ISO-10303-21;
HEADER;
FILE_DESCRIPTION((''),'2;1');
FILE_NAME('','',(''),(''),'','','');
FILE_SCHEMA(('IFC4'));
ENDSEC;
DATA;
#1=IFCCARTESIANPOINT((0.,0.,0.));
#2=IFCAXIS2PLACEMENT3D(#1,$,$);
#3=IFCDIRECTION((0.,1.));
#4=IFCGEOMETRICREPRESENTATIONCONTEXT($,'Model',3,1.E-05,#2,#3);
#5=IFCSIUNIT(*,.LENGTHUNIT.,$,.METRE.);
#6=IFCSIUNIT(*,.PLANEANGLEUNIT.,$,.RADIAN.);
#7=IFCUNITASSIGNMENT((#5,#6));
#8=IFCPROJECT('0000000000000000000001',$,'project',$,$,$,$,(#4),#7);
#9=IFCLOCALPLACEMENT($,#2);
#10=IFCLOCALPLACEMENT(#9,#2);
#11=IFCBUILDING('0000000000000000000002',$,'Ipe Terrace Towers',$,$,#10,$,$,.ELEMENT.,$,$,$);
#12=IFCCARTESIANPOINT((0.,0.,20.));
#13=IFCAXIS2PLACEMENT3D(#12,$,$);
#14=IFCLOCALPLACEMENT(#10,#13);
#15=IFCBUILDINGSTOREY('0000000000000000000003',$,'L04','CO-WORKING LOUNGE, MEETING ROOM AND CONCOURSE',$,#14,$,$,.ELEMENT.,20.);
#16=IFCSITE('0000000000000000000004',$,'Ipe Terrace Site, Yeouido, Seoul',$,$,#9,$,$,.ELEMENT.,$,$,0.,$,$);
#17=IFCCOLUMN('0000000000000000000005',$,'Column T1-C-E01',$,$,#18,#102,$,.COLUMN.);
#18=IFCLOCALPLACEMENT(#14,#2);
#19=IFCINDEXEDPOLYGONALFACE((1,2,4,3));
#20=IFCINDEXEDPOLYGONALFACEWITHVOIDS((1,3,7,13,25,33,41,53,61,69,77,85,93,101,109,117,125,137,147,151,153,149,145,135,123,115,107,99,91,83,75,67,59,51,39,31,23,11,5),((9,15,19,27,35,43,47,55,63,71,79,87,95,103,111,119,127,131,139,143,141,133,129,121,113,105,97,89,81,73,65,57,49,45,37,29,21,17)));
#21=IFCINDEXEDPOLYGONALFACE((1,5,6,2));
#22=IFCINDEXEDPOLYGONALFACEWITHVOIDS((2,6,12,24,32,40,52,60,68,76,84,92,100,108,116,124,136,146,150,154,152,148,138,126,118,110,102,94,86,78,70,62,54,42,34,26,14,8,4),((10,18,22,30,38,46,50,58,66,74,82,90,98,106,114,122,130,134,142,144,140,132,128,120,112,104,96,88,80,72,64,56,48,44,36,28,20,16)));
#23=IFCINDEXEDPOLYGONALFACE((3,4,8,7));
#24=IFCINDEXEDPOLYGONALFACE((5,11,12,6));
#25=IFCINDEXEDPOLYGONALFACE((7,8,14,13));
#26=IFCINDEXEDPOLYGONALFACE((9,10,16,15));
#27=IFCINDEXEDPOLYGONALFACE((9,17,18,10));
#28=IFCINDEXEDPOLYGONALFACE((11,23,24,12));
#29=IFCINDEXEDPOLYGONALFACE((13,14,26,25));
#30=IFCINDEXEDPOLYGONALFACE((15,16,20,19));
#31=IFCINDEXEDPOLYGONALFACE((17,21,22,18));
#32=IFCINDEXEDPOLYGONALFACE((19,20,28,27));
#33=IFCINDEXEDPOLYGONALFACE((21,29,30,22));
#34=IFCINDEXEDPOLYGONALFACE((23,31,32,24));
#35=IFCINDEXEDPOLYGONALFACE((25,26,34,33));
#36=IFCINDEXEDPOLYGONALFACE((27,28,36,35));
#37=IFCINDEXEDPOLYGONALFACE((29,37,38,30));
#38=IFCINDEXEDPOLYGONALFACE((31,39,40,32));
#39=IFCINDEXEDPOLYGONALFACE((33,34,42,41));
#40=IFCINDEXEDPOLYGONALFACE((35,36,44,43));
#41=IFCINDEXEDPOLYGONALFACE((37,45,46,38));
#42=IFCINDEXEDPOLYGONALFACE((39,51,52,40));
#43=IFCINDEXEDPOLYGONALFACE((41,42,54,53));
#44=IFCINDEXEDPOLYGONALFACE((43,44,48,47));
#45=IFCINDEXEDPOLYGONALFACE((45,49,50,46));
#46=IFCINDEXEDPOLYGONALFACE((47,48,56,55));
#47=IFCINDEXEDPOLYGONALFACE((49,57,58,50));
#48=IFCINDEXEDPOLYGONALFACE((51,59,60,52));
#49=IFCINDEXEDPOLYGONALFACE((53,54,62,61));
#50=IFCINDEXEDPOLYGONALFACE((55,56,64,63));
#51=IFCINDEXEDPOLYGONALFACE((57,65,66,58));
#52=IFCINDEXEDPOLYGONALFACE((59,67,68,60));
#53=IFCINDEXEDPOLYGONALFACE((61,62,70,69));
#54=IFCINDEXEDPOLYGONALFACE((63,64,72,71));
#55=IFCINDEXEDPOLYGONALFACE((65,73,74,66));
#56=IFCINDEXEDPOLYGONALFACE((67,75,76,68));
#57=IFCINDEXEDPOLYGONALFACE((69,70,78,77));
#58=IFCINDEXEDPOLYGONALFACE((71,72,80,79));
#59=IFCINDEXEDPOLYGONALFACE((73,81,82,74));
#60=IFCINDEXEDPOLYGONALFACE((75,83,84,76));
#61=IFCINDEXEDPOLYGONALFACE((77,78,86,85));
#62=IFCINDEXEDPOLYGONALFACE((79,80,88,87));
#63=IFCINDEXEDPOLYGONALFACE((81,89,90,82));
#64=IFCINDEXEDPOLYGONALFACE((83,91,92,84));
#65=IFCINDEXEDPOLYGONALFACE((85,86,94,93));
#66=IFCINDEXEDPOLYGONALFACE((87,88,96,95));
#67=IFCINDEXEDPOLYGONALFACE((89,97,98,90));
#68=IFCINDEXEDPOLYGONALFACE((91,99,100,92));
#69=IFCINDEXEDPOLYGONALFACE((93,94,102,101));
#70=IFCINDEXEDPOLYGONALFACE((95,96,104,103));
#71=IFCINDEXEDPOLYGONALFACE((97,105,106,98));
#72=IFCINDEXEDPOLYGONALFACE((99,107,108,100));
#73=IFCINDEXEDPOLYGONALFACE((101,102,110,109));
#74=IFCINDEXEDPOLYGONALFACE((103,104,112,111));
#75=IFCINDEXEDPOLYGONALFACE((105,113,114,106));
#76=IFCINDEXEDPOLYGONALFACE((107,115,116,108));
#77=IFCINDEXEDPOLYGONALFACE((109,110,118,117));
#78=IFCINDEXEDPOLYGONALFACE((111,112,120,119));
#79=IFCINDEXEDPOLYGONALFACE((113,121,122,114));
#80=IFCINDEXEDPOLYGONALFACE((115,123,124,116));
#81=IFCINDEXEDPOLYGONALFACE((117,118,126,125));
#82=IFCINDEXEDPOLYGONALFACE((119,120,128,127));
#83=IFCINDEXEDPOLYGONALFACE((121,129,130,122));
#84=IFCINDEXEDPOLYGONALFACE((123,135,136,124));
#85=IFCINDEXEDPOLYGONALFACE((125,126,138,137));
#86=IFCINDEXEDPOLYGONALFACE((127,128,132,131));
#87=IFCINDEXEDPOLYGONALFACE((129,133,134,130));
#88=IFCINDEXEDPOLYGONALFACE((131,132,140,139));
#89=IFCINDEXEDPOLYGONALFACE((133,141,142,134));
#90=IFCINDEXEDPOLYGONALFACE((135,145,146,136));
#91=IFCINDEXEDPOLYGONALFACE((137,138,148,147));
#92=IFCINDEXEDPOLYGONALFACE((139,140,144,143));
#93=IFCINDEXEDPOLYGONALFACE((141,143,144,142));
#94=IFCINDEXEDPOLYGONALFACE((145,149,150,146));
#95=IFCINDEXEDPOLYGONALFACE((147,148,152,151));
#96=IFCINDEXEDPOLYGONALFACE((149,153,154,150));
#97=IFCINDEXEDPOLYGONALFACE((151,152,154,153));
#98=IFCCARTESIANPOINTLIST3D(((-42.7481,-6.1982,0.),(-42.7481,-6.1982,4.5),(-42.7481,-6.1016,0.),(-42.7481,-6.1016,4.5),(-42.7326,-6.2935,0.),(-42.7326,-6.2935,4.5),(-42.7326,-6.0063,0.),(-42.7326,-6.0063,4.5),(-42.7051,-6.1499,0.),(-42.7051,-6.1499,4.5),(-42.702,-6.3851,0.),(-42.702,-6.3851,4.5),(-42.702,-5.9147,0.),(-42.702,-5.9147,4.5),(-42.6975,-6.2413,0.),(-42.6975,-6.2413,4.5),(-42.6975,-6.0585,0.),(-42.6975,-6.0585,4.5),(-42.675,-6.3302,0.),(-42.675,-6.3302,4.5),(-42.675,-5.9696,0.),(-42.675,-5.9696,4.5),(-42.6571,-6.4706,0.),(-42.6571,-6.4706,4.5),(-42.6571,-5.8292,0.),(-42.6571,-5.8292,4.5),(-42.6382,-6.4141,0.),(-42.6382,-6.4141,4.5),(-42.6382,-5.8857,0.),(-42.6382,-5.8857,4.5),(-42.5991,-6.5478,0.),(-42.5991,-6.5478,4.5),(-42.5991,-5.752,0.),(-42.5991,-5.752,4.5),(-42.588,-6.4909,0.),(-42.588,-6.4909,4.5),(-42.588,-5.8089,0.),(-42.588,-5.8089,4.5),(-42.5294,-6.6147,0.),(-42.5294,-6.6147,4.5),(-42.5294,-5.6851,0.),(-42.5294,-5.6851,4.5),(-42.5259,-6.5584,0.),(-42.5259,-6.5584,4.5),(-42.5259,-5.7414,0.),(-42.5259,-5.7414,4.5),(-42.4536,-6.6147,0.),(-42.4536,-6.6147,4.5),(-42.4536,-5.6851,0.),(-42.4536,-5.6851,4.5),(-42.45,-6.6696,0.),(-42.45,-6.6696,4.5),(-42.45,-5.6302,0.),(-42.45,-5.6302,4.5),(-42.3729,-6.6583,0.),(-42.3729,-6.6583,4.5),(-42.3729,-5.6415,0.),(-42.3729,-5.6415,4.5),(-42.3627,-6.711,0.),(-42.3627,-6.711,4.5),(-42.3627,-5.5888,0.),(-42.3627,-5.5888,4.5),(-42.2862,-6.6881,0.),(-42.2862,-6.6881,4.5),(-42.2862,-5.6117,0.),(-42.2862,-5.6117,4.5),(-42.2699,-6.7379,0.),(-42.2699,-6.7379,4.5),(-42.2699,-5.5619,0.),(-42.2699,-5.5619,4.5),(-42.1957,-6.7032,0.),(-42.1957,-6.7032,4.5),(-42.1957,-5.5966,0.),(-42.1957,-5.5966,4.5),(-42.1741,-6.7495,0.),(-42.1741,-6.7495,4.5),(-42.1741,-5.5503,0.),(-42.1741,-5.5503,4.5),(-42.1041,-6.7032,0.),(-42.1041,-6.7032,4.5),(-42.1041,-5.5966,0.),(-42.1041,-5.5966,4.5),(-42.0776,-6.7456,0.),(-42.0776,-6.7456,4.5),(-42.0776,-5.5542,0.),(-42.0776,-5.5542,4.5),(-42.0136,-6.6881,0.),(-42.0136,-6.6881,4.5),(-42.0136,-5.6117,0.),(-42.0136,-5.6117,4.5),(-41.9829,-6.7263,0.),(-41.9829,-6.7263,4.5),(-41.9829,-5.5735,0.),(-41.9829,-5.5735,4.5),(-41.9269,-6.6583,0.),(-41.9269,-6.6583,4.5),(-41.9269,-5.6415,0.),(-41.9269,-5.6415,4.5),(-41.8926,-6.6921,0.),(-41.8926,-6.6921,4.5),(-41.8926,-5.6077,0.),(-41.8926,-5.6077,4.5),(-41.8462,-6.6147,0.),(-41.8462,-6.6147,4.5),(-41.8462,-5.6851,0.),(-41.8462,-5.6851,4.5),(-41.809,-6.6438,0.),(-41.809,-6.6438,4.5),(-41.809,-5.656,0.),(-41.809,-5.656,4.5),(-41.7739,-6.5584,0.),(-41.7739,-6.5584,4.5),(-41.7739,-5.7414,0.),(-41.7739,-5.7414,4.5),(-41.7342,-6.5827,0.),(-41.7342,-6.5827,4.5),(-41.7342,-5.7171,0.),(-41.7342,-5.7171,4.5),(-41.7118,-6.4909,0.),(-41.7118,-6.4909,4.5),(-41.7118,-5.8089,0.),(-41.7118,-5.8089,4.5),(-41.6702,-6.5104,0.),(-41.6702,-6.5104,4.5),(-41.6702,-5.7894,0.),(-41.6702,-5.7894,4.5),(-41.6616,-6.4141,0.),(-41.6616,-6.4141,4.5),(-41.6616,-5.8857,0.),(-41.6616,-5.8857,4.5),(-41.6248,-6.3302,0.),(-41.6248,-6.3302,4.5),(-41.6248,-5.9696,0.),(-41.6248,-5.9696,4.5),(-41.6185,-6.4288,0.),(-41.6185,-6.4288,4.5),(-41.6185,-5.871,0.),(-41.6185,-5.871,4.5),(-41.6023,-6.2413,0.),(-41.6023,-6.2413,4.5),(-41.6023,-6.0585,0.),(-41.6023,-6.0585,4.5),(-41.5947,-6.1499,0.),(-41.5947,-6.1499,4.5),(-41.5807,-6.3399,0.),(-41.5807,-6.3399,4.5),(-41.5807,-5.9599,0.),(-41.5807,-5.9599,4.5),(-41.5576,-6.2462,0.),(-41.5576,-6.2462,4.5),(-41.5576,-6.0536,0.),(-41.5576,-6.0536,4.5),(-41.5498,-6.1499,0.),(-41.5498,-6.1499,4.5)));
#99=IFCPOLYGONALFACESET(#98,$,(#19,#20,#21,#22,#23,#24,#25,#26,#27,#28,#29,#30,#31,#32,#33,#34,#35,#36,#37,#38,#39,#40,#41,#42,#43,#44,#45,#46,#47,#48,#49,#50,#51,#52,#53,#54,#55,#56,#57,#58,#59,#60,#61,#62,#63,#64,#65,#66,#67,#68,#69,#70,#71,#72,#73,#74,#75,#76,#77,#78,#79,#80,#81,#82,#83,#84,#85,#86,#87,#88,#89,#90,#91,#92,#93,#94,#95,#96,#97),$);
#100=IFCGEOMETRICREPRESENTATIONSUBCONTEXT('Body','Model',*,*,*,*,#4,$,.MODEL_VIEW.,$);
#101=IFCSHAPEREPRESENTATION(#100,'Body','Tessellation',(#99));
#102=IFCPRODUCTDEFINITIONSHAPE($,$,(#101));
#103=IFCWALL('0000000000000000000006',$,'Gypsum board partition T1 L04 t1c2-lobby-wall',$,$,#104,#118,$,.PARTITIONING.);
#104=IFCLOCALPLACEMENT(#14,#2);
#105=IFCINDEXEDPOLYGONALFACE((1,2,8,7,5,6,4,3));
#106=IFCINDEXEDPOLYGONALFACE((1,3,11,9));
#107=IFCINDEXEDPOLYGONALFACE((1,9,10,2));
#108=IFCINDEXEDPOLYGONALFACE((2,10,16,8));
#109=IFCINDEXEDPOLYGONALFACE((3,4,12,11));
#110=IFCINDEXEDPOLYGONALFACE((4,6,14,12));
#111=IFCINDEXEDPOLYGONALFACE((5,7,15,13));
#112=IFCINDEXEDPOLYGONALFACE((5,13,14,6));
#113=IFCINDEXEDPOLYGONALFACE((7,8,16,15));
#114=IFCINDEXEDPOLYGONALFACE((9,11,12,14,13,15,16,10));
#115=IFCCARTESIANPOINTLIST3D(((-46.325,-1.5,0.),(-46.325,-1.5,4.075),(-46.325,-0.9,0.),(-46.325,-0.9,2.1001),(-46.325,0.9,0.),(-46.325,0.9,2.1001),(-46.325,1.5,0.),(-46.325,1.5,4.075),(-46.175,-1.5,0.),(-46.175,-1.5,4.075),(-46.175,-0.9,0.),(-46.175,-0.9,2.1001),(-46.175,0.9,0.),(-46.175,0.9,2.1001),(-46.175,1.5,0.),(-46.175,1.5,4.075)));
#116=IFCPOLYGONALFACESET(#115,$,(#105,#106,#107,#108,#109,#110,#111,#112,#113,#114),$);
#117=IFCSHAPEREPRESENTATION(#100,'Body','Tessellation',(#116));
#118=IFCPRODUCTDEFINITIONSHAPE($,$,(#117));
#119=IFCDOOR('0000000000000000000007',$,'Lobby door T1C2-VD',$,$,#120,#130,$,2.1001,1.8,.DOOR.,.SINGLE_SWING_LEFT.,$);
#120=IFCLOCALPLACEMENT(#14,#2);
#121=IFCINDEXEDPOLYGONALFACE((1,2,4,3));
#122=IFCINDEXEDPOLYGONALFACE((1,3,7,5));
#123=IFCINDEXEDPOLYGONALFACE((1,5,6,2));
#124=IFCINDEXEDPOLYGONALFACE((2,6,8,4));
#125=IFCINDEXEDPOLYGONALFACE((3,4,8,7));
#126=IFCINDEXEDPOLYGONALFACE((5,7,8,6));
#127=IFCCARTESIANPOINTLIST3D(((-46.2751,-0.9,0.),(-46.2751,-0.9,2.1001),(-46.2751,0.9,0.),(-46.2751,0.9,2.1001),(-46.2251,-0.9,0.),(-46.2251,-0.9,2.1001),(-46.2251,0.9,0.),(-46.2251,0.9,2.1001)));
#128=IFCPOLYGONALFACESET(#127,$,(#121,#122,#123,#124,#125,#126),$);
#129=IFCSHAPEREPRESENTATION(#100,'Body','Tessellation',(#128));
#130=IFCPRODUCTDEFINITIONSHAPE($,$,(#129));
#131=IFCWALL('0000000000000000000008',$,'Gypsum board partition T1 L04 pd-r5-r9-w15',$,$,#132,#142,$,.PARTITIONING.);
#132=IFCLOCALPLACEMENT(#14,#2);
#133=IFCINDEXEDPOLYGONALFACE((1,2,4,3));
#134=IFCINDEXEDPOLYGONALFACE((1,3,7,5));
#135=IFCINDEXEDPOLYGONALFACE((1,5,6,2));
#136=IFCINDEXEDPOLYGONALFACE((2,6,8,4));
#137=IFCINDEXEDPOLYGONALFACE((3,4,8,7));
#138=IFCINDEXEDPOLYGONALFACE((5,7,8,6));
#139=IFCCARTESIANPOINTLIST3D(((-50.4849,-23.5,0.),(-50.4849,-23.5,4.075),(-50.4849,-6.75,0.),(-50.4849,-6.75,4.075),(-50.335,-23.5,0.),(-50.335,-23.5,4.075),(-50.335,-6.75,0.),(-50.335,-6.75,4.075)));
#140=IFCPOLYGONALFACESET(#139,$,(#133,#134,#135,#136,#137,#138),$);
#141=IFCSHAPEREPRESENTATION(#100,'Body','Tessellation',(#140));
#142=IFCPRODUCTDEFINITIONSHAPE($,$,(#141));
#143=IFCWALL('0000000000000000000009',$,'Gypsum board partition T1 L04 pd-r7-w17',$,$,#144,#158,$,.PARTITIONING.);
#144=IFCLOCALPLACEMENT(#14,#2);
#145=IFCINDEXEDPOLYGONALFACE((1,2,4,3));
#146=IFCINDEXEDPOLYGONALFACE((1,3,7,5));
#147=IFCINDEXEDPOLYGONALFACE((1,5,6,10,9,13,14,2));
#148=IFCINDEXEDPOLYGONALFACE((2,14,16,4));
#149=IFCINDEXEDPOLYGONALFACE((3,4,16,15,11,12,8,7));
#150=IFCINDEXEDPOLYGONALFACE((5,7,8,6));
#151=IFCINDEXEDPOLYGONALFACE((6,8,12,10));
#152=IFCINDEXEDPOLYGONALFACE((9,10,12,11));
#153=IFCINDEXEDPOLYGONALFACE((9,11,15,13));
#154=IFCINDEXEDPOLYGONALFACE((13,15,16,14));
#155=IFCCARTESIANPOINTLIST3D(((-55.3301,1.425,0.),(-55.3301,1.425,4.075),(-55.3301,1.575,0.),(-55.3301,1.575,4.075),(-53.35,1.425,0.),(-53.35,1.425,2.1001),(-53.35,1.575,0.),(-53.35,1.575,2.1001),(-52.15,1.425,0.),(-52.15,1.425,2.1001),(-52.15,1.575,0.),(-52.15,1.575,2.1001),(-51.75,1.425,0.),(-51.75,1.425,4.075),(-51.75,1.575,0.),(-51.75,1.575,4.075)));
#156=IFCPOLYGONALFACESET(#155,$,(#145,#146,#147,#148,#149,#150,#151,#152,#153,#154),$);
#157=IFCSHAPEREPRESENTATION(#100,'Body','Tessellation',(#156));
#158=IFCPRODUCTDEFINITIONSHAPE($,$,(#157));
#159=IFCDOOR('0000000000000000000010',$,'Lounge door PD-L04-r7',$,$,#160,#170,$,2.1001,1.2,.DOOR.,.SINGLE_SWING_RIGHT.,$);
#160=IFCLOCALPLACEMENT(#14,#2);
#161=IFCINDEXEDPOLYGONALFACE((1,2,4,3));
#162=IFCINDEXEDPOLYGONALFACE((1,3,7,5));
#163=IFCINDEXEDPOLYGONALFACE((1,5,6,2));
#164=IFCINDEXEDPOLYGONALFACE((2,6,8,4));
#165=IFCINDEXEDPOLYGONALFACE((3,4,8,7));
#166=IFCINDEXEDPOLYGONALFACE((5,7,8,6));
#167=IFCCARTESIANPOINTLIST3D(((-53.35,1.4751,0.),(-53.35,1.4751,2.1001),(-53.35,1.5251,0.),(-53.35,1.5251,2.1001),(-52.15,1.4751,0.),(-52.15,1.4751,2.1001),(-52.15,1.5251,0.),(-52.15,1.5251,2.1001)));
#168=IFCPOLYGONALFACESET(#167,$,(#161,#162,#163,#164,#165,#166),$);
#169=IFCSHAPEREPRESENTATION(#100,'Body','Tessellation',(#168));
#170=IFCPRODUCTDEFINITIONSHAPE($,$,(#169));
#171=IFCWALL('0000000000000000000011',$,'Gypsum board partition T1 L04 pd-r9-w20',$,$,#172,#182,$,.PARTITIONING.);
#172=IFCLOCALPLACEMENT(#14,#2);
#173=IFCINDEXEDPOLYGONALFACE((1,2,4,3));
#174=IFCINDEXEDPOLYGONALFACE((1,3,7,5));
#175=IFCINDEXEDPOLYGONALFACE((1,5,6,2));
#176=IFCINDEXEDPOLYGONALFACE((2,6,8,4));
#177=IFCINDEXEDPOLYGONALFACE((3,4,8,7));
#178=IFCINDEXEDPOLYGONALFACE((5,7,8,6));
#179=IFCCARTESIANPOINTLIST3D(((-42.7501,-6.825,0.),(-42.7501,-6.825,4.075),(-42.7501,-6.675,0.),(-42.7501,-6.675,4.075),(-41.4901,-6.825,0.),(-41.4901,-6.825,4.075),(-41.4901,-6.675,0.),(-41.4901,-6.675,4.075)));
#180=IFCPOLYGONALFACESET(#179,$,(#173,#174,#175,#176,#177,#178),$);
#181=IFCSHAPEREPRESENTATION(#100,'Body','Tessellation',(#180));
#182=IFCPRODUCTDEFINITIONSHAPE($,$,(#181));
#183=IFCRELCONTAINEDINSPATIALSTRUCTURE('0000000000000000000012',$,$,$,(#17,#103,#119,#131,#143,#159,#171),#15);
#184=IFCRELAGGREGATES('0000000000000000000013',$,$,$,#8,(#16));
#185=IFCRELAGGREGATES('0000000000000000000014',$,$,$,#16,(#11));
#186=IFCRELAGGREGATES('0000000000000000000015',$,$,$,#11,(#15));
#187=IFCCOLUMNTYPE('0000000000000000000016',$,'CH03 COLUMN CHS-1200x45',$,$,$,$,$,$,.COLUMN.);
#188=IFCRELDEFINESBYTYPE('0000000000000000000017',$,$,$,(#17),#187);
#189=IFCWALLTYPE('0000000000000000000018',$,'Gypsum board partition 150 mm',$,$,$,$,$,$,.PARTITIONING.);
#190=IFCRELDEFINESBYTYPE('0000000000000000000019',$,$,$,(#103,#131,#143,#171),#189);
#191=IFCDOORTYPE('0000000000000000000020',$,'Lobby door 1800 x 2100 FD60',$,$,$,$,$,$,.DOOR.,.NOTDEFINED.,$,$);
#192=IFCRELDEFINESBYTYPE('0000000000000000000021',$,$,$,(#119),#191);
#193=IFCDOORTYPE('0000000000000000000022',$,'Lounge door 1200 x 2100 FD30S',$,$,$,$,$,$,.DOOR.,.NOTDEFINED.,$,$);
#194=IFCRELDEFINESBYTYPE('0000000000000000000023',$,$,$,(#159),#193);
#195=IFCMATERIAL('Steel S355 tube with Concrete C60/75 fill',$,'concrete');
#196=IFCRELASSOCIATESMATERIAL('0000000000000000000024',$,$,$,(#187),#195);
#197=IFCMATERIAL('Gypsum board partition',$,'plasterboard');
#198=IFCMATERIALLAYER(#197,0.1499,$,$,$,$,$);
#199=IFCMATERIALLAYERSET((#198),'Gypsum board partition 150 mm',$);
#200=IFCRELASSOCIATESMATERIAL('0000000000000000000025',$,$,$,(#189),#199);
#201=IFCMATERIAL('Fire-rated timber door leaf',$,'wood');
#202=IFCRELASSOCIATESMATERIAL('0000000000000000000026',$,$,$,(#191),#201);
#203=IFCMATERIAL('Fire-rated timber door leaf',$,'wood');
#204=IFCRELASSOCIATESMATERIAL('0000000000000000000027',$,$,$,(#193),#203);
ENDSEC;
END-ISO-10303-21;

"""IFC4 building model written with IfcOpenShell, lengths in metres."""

from ifc_helpers import new_model, si_unit, direction, frame, frame_2d, origin, origin_2d, place, context, subcontext, project, spatial, rectangle, hollow_circle, extrude, material, layer, layer_set, material_profile, profile_set, type_object, element, fill, save


model = new_model("IFC4")

# Units and contexts
model_context = context("Model", 3, precision=1e-05, world=origin(), true_north=direction((0.0, 1.0)))
body_context = subcontext(model_context, "Body", "Model", "MODEL_VIEW")
ifc_project = project(units=[si_unit("LENGTHUNIT", "METRE"), si_unit("PLANEANGLEUNIT", "RADIAN")], contexts=[model_context])

# Site, building, storey
site_placement = place(None, origin())
site = spatial("IfcSite", under=ifc_project, at=site_placement, Name="Ipe Terrace Site, Yeouido, Seoul", CompositionType="ELEMENT", RefElevation=0.0)
building_placement = place(site_placement, origin())
building = spatial("IfcBuilding", under=site, at=building_placement, Name="Ipe Terrace Towers", CompositionType="ELEMENT")
storey_placement = place(building_placement, frame((0.0, 0.0, 20.0)))
storey = spatial("IfcBuildingStorey", under=building, at=storey_placement, Name="L04", Description="CO-WORKING LOUNGE, MEETING ROOM AND CONCOURSE", CompositionType="ELEMENT", Elevation=20.0)

# Column
ifc_material_1 = material(Name="Steel S355 tube with Concrete C60/75 fill", Category="concrete")
ifc_material_profile_1 = material_profile(ifc_material_1, hollow_circle(Radius=0.6001, WallThickness=0.0449, at=origin_2d()), Name="CHS-1200x45")
ifc_profile_set_1 = profile_set([ifc_material_profile_1], Name="Steel S355 tube with Concrete C60/75 fill")
column_type_1 = type_object("IfcColumnType", Name="CH03 COLUMN CHS-1200x45", PredefinedType="COLUMN", material=ifc_profile_set_1)
column_placement = place(storey_placement, frame((-42.1499, -6.1499, 0.0), z_axis=(0.0, 0.0, 1.0), x_axis=(1.0, 0.0, 0.0)))
element("IfcColumn", 1, at=column_placement, inside=storey, type_object=column_type_1, Name="Column T1-C-E01", PredefinedType="COLUMN", context=body_context, shape_type="SweptSolid", body=[
    extrude(hollow_circle(Radius=0.6001, WallThickness=0.0449, at=origin_2d()), origin(), (0.0, 0.0, 1.0), 4.5),
])

# Wall, opening, door
ifc_material_2 = material(Name="Gypsum board partition", Category="plasterboard")
ifc_layer_1 = layer(ifc_material_2, 0.1499)
ifc_layer_set_1 = layer_set([ifc_layer_1], Name="Gypsum board partition 150 mm")
wall_type_1 = type_object("IfcWallType", Name="Gypsum board partition 150 mm", PredefinedType="PARTITIONING", material=ifc_layer_set_1)
wall_1_placement = place(storey_placement, frame((-46.25, 1.5, 0.0), z_axis=(0.0, 0.0, 1.0), x_axis=(0.0, -1.0, 0.0)))
wall_1 = element("IfcWall", 2, at=wall_1_placement, inside=storey, type_object=wall_type_1, Name="Gypsum board partition T1 L04 t1c2-lobby-wall", PredefinedType="PARTITIONING", context=body_context, shape_type="SweptSolid", body=[
    extrude(rectangle(XDim=3.0, YDim=0.1499, at=frame_2d((1.5, 0.0))), origin(), (0.0, 0.0, 1.0), 4.075),
])
opening_1_placement = place(wall_1_placement, frame((0.6001, 0.0, 0.0)))
opening_1 = element("IfcOpeningElement", 3, at=opening_1_placement, cuts=wall_1, PredefinedType="OPENING", context=body_context, shape_type="SweptSolid", body=[
    extrude(rectangle(XDim=1.8, YDim=2.1001, at=frame_2d((0.8999, 1.05))), frame((0.0, 0.085, 0.0), z_axis=(0.0, -1.0, 0.0), x_axis=(1.0, 0.0, 0.0)), (0.0, 0.0, 1.0), 0.1699),
])
ifc_material_3 = material(Name="Fire-rated timber door leaf", Category="wood")
door_type_1 = type_object("IfcDoorType", Name="Lobby door 1800 x 2100 FD60", OperationType="NOTDEFINED", PredefinedType="DOOR", material=ifc_material_3)
door_1_placement = place(opening_1_placement, origin())
door_1 = element("IfcDoor", 4, at=door_1_placement, inside=storey, type_object=door_type_1, Name="Lobby door T1C2-VD", OperationType="SINGLE_SWING_LEFT", OverallHeight=2.1001, OverallWidth=1.8, PredefinedType="DOOR", context=body_context, shape_type="SweptSolid", body=[
    extrude(rectangle(XDim=1.8, YDim=2.1001, at=frame_2d((0.8999, 1.05))), frame((0.0, 0.0249, 0.0), z_axis=(0.0, -1.0, 0.0), x_axis=(1.0, 0.0, 0.0)), (0.0, 0.0, 1.0), 0.05),
])
fill(opening_1, door_1)

# Wall
wall_2_placement = place(storey_placement, frame((-50.4099, -6.75, 0.0), z_axis=(0.0, 0.0, 1.0), x_axis=(0.0, -1.0, 0.0)))
element("IfcWall", 5, at=wall_2_placement, inside=storey, type_object=wall_type_1, Name="Gypsum board partition T1 L04 pd-r5-r9-w15", PredefinedType="PARTITIONING", context=body_context, shape_type="SweptSolid", body=[
    extrude(rectangle(XDim=16.75, YDim=0.1499, at=frame_2d((8.375, 0.0))), origin(), (0.0, 0.0, 1.0), 4.075),
])

# Wall, opening, door
wall_3_placement = place(storey_placement, frame((-51.75, 1.5, 0.0), z_axis=(0.0, 0.0, 1.0), x_axis=(-1.0, 0.0, 0.0)))
wall_3 = element("IfcWall", 6, at=wall_3_placement, inside=storey, type_object=wall_type_1, Name="Gypsum board partition T1 L04 pd-r7-w17", PredefinedType="PARTITIONING", context=body_context, shape_type="SweptSolid", body=[
    extrude(rectangle(XDim=3.5801, YDim=0.1499, at=frame_2d((1.79, 0.0))), origin(), (0.0, 0.0, 1.0), 4.075),
])
opening_2_placement = place(wall_3_placement, frame((0.3999, 0.0, 0.0)))
opening_2 = element("IfcOpeningElement", 7, at=opening_2_placement, cuts=wall_3, PredefinedType="OPENING", context=body_context, shape_type="SweptSolid", body=[
    extrude(rectangle(XDim=1.2, YDim=2.1001, at=frame_2d((0.6001, 1.05))), frame((0.0, 0.085, 0.0), z_axis=(0.0, -1.0, 0.0), x_axis=(1.0, 0.0, 0.0)), (0.0, 0.0, 1.0), 0.1699),
])
ifc_material_4 = material(Name="Fire-rated timber door leaf", Category="wood")
door_type_2 = type_object("IfcDoorType", Name="Lounge door 1200 x 2100 FD30S", OperationType="NOTDEFINED", PredefinedType="DOOR", material=ifc_material_4)
door_2_placement = place(opening_2_placement, origin())
door_2 = element("IfcDoor", 8, at=door_2_placement, inside=storey, type_object=door_type_2, Name="Lounge door PD-L04-r7", OperationType="SINGLE_SWING_RIGHT", OverallHeight=2.1001, OverallWidth=1.2, PredefinedType="DOOR", context=body_context, shape_type="SweptSolid", body=[
    extrude(rectangle(XDim=1.2, YDim=2.1001, at=frame_2d((0.6001, 1.05))), frame((0.0, 0.0249, 0.0), z_axis=(0.0, -1.0, 0.0), x_axis=(1.0, 0.0, 0.0)), (0.0, 0.0, 1.0), 0.05),
])
fill(opening_2, door_2)

# Wall
wall_4_placement = place(storey_placement, frame((-42.75, -6.75, 0.0), z_axis=(0.0, 0.0, 1.0), x_axis=(1.0, 0.0, 0.0)))
element("IfcWall", 9, at=wall_4_placement, inside=storey, type_object=wall_type_1, Name="Gypsum board partition T1 L04 pd-r9-w20", PredefinedType="PARTITIONING", context=body_context, shape_type="SweptSolid", body=[
    extrude(rectangle(XDim=1.26, YDim=0.1499, at=frame_2d((0.6299, 0.0))), origin(), (0.0, 0.0, 1.0), 4.075),
])

save(model, "model.ifc")
